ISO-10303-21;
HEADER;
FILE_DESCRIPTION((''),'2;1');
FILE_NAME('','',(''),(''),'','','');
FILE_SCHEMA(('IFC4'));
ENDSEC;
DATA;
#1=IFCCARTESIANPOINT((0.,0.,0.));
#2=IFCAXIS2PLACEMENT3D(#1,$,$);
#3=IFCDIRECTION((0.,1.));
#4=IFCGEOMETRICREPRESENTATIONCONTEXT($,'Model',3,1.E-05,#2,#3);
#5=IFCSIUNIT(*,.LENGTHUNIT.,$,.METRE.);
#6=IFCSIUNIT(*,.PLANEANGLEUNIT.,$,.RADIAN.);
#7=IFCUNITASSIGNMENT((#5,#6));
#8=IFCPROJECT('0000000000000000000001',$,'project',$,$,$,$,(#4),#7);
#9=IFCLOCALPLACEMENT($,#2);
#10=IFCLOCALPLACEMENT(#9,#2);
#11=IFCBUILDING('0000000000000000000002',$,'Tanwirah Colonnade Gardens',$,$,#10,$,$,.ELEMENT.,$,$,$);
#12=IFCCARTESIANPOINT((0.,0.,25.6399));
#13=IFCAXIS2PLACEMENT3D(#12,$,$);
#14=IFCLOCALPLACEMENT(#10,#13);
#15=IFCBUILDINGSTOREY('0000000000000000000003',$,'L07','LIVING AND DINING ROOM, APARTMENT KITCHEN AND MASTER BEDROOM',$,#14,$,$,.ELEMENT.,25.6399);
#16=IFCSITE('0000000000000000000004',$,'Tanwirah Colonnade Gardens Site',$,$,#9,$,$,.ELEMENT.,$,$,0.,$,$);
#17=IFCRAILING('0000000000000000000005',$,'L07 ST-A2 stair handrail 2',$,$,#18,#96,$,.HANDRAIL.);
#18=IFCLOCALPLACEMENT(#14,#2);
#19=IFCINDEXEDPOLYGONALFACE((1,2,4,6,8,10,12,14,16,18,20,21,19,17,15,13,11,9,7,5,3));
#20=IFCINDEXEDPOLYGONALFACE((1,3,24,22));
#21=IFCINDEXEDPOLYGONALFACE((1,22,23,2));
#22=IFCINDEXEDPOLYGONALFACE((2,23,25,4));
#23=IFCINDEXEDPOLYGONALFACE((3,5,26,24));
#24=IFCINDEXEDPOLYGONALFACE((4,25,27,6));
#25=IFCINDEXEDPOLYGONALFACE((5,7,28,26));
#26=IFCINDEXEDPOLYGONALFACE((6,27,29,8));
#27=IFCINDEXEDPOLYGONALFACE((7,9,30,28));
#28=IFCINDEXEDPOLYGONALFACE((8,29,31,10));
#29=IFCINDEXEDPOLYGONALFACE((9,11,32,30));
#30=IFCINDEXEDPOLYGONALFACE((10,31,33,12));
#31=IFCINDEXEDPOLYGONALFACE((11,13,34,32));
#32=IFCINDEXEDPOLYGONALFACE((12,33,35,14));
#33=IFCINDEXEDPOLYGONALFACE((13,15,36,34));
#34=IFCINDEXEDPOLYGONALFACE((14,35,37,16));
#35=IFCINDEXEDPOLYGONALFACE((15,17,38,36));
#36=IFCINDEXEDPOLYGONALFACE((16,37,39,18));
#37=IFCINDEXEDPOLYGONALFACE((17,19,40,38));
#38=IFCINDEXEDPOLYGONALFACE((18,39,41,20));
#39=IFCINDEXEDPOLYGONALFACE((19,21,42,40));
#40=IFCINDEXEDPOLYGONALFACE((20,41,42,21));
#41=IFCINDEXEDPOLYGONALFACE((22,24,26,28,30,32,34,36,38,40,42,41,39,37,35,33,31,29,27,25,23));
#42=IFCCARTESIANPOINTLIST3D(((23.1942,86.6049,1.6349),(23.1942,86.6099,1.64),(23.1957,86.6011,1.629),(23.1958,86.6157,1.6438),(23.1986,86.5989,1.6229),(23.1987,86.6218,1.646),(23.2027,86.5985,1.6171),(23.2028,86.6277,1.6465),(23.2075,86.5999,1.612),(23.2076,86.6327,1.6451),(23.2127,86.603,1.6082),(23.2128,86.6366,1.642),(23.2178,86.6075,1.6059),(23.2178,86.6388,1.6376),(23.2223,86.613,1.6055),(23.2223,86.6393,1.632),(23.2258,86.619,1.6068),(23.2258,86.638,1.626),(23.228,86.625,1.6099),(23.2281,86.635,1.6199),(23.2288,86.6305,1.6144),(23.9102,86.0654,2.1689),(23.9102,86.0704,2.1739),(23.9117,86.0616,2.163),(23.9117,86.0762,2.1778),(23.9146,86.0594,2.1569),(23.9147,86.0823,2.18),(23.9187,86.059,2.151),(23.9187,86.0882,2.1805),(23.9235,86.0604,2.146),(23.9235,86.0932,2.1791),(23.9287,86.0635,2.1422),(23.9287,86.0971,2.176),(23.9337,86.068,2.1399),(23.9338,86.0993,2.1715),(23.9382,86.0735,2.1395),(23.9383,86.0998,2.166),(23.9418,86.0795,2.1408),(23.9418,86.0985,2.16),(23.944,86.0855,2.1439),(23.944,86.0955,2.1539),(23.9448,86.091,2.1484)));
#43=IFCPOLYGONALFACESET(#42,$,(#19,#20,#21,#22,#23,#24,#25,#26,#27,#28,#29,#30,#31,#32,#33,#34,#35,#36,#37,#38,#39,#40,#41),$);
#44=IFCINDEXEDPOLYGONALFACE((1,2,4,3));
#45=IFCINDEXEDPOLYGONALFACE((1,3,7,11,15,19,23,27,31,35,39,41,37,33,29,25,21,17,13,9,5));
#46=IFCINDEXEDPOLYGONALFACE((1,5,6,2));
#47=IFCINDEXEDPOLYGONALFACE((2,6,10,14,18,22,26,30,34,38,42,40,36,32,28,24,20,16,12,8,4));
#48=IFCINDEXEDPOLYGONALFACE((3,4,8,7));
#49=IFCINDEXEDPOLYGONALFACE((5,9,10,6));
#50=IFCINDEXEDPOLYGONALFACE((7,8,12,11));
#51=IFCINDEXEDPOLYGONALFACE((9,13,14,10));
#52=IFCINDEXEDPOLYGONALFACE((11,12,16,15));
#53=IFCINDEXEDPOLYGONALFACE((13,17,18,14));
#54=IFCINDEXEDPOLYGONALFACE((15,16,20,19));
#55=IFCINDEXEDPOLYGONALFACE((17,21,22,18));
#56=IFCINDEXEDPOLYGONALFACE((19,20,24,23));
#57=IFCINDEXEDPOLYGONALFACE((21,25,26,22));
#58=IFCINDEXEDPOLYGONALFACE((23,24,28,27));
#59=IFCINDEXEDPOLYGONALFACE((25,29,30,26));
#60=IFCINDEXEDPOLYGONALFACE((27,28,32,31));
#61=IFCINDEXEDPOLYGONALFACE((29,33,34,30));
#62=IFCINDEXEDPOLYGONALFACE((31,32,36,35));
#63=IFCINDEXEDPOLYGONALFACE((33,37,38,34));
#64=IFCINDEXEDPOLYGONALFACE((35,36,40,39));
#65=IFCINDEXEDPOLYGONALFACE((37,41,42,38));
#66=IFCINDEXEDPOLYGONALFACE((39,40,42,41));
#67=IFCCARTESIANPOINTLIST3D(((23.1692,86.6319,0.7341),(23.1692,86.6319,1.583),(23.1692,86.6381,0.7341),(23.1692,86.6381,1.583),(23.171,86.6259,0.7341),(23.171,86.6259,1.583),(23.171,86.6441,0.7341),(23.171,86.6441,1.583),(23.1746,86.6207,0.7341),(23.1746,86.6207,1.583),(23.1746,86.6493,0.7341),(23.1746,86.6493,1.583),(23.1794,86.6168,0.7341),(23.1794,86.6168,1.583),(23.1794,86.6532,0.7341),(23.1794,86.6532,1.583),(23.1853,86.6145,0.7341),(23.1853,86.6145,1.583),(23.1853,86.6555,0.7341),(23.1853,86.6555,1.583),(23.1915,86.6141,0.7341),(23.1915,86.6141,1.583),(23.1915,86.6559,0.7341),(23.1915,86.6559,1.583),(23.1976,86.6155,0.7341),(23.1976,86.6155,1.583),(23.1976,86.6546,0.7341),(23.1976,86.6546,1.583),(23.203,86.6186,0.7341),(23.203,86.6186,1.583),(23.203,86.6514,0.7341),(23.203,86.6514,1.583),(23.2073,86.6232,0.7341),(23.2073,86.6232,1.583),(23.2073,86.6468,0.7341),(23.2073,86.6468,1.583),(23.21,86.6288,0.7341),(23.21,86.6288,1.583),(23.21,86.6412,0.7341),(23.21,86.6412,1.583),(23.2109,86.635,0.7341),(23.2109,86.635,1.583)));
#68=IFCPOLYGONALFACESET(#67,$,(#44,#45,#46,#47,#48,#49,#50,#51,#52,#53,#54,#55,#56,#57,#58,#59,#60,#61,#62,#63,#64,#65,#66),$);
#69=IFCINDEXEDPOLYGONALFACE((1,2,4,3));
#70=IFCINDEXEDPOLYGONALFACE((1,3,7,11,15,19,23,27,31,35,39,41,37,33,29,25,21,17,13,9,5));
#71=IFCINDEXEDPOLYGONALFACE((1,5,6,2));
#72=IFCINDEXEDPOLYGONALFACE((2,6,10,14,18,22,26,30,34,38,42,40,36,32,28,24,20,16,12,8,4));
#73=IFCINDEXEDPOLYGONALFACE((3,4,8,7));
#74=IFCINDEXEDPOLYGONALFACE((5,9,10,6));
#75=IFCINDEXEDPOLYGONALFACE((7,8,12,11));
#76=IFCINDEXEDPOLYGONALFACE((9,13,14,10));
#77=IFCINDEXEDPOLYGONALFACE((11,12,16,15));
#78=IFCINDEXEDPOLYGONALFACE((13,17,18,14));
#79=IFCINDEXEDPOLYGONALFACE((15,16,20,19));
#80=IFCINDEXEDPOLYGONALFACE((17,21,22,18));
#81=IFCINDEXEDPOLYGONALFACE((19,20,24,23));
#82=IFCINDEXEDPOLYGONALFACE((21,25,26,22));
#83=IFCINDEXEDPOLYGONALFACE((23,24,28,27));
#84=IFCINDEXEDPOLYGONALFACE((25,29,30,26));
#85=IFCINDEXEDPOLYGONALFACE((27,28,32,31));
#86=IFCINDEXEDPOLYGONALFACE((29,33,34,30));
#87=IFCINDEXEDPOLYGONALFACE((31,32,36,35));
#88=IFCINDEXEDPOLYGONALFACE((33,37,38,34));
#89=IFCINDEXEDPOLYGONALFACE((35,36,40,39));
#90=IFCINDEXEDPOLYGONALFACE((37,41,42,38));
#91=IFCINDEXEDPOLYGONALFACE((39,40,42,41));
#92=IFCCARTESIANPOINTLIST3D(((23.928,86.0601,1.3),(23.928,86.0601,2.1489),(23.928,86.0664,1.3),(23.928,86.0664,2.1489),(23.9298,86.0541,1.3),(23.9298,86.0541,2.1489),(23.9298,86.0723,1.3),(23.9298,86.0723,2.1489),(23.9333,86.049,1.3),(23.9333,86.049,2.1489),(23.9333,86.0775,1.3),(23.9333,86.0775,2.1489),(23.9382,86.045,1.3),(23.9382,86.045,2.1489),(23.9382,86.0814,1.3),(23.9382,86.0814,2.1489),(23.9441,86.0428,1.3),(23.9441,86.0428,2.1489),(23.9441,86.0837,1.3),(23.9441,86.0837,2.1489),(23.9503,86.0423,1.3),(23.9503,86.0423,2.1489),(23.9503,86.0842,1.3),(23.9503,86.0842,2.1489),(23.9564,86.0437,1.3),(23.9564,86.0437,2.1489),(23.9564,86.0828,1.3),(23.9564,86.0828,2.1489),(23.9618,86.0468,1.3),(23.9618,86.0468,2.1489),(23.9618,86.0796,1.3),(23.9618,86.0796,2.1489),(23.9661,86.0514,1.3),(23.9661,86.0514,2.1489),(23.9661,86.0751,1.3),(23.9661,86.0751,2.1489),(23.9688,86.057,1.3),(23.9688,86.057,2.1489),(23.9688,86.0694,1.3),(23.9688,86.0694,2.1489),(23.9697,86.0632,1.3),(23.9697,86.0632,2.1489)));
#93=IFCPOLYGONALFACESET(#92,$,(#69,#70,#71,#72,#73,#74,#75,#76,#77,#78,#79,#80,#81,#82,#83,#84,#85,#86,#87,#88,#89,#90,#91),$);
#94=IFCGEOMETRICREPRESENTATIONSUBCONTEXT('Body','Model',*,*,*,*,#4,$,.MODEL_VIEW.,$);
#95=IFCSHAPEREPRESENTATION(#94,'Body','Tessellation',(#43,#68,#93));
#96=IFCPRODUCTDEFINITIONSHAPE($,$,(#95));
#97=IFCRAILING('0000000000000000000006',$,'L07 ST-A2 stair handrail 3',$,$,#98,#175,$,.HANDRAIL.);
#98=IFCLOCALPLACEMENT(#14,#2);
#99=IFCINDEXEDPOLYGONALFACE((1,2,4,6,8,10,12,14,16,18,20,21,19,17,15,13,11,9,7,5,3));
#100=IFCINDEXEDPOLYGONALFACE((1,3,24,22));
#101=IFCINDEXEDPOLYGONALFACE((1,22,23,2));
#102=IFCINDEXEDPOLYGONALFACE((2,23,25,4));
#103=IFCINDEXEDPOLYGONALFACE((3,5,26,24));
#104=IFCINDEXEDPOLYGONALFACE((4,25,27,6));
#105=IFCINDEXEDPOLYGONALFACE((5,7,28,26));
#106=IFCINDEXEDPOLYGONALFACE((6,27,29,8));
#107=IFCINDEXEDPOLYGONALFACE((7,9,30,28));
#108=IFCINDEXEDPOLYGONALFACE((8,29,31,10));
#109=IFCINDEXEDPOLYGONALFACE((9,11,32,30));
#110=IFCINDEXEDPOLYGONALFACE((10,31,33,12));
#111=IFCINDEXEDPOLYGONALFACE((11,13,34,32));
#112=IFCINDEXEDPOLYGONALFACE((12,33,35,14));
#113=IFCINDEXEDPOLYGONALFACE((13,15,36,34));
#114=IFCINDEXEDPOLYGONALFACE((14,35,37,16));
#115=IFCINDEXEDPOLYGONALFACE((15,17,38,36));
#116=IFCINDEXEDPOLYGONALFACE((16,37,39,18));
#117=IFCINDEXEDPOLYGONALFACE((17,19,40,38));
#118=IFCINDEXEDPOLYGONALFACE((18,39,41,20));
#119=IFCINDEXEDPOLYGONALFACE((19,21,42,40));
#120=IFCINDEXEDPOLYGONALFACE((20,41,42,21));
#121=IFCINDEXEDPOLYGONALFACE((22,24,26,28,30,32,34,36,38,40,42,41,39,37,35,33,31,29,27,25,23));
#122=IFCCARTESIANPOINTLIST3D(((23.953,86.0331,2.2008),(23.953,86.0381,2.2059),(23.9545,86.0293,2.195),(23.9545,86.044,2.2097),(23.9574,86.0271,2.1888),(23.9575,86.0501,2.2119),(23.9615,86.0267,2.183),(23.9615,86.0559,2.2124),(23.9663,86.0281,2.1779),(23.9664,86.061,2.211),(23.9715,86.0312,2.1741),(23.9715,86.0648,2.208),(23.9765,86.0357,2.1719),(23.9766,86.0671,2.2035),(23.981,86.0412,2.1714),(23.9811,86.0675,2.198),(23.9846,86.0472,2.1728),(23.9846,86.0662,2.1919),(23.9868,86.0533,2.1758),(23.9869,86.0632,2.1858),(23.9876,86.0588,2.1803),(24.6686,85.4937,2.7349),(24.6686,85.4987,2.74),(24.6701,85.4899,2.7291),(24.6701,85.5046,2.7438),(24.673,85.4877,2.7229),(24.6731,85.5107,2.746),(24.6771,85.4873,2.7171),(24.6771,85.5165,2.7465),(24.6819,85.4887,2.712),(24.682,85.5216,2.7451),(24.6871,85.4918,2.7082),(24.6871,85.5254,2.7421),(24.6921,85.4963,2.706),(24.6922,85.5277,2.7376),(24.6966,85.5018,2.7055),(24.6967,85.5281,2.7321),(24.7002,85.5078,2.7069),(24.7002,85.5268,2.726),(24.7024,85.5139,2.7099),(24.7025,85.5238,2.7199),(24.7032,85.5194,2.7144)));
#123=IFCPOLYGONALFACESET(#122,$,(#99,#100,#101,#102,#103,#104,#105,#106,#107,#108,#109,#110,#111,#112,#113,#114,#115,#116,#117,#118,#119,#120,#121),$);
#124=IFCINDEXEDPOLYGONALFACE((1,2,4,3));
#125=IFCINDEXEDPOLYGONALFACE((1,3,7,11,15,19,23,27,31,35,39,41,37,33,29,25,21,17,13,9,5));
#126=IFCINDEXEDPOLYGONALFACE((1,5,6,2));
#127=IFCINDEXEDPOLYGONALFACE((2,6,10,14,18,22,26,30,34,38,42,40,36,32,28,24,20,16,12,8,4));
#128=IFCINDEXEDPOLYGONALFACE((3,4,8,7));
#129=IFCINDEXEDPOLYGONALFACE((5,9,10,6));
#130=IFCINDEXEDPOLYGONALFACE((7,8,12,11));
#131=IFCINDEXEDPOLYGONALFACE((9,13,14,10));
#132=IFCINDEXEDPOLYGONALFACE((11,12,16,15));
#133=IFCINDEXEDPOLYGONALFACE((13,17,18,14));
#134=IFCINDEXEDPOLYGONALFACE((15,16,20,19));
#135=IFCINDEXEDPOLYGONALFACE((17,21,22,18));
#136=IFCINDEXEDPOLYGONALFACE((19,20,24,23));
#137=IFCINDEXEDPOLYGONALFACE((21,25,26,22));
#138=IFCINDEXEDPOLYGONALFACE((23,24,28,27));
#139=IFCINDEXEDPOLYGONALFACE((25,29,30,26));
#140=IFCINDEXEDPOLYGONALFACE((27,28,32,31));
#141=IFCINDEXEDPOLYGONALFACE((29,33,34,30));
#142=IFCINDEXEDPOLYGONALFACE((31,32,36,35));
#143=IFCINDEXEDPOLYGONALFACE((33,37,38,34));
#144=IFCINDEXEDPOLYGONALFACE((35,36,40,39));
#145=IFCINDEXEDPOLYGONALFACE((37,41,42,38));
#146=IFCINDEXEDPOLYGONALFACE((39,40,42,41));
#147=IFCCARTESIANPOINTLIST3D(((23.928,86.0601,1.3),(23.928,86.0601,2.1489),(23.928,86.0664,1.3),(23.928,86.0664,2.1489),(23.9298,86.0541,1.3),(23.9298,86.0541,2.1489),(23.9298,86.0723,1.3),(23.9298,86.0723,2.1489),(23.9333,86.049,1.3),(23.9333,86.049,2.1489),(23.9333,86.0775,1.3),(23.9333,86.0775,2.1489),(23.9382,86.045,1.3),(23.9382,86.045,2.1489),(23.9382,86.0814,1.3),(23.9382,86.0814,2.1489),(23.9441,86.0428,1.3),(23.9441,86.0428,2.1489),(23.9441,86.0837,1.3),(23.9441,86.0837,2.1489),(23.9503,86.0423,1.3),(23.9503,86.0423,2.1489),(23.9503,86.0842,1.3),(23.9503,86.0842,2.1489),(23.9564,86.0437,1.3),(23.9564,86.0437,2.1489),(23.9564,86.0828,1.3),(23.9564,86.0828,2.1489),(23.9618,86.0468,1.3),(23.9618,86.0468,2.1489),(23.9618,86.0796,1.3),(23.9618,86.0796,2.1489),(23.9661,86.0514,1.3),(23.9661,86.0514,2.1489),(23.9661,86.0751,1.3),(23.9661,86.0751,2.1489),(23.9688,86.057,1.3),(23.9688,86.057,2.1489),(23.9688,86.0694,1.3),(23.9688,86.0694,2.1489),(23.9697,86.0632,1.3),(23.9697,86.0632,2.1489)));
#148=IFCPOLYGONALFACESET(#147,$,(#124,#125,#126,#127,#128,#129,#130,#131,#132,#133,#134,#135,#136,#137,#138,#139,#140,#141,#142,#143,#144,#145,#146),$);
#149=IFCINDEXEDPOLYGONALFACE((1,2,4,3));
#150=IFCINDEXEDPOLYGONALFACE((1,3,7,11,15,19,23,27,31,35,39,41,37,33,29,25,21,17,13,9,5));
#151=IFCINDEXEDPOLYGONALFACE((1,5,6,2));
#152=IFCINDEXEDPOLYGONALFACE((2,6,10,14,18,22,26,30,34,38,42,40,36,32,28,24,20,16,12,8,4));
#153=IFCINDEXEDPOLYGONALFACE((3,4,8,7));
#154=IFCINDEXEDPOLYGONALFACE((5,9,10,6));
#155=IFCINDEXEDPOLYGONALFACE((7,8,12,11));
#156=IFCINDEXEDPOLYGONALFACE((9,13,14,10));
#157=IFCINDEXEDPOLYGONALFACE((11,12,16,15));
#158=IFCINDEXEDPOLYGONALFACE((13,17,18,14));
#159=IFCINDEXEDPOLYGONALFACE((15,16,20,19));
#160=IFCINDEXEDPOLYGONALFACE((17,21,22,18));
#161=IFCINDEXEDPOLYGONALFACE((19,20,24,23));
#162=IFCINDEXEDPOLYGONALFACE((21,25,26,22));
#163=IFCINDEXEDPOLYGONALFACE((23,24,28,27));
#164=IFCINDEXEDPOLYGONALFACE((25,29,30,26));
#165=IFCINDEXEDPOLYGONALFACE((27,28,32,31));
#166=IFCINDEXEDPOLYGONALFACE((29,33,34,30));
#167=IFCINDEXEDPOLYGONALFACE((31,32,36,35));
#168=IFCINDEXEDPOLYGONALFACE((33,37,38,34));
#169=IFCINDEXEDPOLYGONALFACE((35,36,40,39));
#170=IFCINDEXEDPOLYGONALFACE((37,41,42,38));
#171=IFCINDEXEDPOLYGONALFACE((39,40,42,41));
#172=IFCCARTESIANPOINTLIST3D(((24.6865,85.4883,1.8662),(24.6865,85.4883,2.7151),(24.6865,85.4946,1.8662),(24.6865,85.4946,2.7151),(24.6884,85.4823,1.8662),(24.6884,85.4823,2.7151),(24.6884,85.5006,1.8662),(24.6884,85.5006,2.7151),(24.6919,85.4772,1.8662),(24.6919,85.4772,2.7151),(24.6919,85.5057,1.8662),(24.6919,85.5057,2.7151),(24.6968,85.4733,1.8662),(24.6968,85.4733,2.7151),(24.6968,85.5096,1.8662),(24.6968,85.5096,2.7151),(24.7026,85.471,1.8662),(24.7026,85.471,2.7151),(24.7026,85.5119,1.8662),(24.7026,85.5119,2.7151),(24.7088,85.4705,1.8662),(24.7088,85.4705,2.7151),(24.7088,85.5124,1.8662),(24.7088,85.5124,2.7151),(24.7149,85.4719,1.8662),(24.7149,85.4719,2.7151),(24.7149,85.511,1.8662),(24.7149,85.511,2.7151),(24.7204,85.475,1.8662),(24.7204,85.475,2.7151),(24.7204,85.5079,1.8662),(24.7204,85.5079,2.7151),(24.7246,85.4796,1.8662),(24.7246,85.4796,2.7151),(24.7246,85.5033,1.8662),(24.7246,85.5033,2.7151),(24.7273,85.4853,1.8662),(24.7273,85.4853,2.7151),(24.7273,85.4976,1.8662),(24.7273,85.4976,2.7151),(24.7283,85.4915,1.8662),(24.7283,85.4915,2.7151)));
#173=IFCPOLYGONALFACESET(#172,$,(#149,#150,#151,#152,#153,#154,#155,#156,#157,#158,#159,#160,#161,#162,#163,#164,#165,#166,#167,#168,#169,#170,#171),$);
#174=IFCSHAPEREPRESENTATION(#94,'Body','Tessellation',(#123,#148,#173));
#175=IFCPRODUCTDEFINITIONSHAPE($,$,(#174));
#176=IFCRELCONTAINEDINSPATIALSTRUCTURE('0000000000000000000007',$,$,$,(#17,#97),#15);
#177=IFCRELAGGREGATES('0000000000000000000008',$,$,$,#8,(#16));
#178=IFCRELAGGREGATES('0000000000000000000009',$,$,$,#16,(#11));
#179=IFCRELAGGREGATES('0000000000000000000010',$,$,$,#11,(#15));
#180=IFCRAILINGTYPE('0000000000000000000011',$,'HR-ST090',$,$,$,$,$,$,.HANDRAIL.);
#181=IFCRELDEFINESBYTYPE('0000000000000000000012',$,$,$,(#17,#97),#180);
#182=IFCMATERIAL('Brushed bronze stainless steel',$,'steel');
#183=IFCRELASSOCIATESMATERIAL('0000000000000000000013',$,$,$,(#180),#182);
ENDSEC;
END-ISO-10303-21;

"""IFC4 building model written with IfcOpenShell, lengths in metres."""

from ifc_helpers import new_model, si_unit, direction, frame, origin, origin_2d, place, context, subcontext, project, spatial, circle, extrude, material, type_object, element, save


model = new_model("IFC4")

# Units and contexts
model_context = context("Model", 3, precision=1e-05, world=origin(), true_north=direction((0.0, 1.0)))
body_context = subcontext(model_context, "Body", "Model", "MODEL_VIEW")
ifc_project = project(units=[si_unit("LENGTHUNIT", "METRE"), si_unit("PLANEANGLEUNIT", "RADIAN")], contexts=[model_context])

# Site, building, storey
site_placement = place(None, origin())
site = spatial("IfcSite", under=ifc_project, at=site_placement, Name="Tanwirah Colonnade Gardens Site", CompositionType="ELEMENT", RefElevation=0.0)
building_placement = place(site_placement, origin())
building = spatial("IfcBuilding", under=site, at=building_placement, Name="Tanwirah Colonnade Gardens", CompositionType="ELEMENT")
storey_placement = place(building_placement, frame((0.0, 0.0, 25.6399)))
storey = spatial("IfcBuildingStorey", under=building, at=storey_placement, Name="L07", Description="LIVING AND DINING ROOM, APARTMENT KITCHEN AND MASTER BEDROOM", CompositionType="ELEMENT", Elevation=25.6399)

# Railings
ifc_material_1 = material(Name="Brushed bronze stainless steel", Category="steel")
railing_type_1 = type_object("IfcRailingType", Name="HR-ST090", PredefinedType="HANDRAIL", material=ifc_material_1)
railing_1_placement = place(storey_placement, frame((23.1899, 86.635, 0.7341)))
element("IfcRailing", 1, at=railing_1_placement, inside=storey, type_object=railing_type_1, Name="L07 ST-A2 stair handrail 2", PredefinedType="HANDRAIL", context=body_context, shape_type="SweptSolid", body=[
    extrude(circle(Radius=0.0239, at=origin_2d()), frame((0.0215, -0.0161, 0.8918), z_axis=(0.686145, -0.517037, 0.511739), x_axis=(0.601807, 0.798641, 0.0)), (0.0, 0.0, 1.0), 1.0435),
    extrude(circle(Radius=0.021, at=origin_2d()), origin(), (0.0, 0.0, 1.0), 0.8489),
    extrude(circle(Radius=0.021, at=origin_2d()), frame((0.7588, -0.5718, 0.5659)), (0.0, 0.0, 1.0), 0.8489),
])
railing_2_placement = place(storey_placement, frame((23.9487, 86.0632, 1.3)))
element("IfcRailing", 2, at=railing_2_placement, inside=storey, type_object=railing_type_1, Name="L07 ST-A2 stair handrail 3", PredefinedType="HANDRAIL", context=body_context, shape_type="SweptSolid", body=[
    extrude(circle(Radius=0.0239, at=origin_2d()), frame((0.0215, -0.0161, 0.8918), z_axis=(0.685951, -0.517057, 0.511979), x_axis=(0.601931, 0.798548, 0.0)), (0.0, 0.0, 1.0), 1.0432),
    extrude(circle(Radius=0.021, at=origin_2d()), origin(), (0.0, 0.0, 1.0), 0.8489),
    extrude(circle(Radius=0.021, at=origin_2d()), frame((0.7585, -0.5718, 0.5662)), (0.0, 0.0, 1.0), 0.8489),
])

save(model, "model.ifc")
